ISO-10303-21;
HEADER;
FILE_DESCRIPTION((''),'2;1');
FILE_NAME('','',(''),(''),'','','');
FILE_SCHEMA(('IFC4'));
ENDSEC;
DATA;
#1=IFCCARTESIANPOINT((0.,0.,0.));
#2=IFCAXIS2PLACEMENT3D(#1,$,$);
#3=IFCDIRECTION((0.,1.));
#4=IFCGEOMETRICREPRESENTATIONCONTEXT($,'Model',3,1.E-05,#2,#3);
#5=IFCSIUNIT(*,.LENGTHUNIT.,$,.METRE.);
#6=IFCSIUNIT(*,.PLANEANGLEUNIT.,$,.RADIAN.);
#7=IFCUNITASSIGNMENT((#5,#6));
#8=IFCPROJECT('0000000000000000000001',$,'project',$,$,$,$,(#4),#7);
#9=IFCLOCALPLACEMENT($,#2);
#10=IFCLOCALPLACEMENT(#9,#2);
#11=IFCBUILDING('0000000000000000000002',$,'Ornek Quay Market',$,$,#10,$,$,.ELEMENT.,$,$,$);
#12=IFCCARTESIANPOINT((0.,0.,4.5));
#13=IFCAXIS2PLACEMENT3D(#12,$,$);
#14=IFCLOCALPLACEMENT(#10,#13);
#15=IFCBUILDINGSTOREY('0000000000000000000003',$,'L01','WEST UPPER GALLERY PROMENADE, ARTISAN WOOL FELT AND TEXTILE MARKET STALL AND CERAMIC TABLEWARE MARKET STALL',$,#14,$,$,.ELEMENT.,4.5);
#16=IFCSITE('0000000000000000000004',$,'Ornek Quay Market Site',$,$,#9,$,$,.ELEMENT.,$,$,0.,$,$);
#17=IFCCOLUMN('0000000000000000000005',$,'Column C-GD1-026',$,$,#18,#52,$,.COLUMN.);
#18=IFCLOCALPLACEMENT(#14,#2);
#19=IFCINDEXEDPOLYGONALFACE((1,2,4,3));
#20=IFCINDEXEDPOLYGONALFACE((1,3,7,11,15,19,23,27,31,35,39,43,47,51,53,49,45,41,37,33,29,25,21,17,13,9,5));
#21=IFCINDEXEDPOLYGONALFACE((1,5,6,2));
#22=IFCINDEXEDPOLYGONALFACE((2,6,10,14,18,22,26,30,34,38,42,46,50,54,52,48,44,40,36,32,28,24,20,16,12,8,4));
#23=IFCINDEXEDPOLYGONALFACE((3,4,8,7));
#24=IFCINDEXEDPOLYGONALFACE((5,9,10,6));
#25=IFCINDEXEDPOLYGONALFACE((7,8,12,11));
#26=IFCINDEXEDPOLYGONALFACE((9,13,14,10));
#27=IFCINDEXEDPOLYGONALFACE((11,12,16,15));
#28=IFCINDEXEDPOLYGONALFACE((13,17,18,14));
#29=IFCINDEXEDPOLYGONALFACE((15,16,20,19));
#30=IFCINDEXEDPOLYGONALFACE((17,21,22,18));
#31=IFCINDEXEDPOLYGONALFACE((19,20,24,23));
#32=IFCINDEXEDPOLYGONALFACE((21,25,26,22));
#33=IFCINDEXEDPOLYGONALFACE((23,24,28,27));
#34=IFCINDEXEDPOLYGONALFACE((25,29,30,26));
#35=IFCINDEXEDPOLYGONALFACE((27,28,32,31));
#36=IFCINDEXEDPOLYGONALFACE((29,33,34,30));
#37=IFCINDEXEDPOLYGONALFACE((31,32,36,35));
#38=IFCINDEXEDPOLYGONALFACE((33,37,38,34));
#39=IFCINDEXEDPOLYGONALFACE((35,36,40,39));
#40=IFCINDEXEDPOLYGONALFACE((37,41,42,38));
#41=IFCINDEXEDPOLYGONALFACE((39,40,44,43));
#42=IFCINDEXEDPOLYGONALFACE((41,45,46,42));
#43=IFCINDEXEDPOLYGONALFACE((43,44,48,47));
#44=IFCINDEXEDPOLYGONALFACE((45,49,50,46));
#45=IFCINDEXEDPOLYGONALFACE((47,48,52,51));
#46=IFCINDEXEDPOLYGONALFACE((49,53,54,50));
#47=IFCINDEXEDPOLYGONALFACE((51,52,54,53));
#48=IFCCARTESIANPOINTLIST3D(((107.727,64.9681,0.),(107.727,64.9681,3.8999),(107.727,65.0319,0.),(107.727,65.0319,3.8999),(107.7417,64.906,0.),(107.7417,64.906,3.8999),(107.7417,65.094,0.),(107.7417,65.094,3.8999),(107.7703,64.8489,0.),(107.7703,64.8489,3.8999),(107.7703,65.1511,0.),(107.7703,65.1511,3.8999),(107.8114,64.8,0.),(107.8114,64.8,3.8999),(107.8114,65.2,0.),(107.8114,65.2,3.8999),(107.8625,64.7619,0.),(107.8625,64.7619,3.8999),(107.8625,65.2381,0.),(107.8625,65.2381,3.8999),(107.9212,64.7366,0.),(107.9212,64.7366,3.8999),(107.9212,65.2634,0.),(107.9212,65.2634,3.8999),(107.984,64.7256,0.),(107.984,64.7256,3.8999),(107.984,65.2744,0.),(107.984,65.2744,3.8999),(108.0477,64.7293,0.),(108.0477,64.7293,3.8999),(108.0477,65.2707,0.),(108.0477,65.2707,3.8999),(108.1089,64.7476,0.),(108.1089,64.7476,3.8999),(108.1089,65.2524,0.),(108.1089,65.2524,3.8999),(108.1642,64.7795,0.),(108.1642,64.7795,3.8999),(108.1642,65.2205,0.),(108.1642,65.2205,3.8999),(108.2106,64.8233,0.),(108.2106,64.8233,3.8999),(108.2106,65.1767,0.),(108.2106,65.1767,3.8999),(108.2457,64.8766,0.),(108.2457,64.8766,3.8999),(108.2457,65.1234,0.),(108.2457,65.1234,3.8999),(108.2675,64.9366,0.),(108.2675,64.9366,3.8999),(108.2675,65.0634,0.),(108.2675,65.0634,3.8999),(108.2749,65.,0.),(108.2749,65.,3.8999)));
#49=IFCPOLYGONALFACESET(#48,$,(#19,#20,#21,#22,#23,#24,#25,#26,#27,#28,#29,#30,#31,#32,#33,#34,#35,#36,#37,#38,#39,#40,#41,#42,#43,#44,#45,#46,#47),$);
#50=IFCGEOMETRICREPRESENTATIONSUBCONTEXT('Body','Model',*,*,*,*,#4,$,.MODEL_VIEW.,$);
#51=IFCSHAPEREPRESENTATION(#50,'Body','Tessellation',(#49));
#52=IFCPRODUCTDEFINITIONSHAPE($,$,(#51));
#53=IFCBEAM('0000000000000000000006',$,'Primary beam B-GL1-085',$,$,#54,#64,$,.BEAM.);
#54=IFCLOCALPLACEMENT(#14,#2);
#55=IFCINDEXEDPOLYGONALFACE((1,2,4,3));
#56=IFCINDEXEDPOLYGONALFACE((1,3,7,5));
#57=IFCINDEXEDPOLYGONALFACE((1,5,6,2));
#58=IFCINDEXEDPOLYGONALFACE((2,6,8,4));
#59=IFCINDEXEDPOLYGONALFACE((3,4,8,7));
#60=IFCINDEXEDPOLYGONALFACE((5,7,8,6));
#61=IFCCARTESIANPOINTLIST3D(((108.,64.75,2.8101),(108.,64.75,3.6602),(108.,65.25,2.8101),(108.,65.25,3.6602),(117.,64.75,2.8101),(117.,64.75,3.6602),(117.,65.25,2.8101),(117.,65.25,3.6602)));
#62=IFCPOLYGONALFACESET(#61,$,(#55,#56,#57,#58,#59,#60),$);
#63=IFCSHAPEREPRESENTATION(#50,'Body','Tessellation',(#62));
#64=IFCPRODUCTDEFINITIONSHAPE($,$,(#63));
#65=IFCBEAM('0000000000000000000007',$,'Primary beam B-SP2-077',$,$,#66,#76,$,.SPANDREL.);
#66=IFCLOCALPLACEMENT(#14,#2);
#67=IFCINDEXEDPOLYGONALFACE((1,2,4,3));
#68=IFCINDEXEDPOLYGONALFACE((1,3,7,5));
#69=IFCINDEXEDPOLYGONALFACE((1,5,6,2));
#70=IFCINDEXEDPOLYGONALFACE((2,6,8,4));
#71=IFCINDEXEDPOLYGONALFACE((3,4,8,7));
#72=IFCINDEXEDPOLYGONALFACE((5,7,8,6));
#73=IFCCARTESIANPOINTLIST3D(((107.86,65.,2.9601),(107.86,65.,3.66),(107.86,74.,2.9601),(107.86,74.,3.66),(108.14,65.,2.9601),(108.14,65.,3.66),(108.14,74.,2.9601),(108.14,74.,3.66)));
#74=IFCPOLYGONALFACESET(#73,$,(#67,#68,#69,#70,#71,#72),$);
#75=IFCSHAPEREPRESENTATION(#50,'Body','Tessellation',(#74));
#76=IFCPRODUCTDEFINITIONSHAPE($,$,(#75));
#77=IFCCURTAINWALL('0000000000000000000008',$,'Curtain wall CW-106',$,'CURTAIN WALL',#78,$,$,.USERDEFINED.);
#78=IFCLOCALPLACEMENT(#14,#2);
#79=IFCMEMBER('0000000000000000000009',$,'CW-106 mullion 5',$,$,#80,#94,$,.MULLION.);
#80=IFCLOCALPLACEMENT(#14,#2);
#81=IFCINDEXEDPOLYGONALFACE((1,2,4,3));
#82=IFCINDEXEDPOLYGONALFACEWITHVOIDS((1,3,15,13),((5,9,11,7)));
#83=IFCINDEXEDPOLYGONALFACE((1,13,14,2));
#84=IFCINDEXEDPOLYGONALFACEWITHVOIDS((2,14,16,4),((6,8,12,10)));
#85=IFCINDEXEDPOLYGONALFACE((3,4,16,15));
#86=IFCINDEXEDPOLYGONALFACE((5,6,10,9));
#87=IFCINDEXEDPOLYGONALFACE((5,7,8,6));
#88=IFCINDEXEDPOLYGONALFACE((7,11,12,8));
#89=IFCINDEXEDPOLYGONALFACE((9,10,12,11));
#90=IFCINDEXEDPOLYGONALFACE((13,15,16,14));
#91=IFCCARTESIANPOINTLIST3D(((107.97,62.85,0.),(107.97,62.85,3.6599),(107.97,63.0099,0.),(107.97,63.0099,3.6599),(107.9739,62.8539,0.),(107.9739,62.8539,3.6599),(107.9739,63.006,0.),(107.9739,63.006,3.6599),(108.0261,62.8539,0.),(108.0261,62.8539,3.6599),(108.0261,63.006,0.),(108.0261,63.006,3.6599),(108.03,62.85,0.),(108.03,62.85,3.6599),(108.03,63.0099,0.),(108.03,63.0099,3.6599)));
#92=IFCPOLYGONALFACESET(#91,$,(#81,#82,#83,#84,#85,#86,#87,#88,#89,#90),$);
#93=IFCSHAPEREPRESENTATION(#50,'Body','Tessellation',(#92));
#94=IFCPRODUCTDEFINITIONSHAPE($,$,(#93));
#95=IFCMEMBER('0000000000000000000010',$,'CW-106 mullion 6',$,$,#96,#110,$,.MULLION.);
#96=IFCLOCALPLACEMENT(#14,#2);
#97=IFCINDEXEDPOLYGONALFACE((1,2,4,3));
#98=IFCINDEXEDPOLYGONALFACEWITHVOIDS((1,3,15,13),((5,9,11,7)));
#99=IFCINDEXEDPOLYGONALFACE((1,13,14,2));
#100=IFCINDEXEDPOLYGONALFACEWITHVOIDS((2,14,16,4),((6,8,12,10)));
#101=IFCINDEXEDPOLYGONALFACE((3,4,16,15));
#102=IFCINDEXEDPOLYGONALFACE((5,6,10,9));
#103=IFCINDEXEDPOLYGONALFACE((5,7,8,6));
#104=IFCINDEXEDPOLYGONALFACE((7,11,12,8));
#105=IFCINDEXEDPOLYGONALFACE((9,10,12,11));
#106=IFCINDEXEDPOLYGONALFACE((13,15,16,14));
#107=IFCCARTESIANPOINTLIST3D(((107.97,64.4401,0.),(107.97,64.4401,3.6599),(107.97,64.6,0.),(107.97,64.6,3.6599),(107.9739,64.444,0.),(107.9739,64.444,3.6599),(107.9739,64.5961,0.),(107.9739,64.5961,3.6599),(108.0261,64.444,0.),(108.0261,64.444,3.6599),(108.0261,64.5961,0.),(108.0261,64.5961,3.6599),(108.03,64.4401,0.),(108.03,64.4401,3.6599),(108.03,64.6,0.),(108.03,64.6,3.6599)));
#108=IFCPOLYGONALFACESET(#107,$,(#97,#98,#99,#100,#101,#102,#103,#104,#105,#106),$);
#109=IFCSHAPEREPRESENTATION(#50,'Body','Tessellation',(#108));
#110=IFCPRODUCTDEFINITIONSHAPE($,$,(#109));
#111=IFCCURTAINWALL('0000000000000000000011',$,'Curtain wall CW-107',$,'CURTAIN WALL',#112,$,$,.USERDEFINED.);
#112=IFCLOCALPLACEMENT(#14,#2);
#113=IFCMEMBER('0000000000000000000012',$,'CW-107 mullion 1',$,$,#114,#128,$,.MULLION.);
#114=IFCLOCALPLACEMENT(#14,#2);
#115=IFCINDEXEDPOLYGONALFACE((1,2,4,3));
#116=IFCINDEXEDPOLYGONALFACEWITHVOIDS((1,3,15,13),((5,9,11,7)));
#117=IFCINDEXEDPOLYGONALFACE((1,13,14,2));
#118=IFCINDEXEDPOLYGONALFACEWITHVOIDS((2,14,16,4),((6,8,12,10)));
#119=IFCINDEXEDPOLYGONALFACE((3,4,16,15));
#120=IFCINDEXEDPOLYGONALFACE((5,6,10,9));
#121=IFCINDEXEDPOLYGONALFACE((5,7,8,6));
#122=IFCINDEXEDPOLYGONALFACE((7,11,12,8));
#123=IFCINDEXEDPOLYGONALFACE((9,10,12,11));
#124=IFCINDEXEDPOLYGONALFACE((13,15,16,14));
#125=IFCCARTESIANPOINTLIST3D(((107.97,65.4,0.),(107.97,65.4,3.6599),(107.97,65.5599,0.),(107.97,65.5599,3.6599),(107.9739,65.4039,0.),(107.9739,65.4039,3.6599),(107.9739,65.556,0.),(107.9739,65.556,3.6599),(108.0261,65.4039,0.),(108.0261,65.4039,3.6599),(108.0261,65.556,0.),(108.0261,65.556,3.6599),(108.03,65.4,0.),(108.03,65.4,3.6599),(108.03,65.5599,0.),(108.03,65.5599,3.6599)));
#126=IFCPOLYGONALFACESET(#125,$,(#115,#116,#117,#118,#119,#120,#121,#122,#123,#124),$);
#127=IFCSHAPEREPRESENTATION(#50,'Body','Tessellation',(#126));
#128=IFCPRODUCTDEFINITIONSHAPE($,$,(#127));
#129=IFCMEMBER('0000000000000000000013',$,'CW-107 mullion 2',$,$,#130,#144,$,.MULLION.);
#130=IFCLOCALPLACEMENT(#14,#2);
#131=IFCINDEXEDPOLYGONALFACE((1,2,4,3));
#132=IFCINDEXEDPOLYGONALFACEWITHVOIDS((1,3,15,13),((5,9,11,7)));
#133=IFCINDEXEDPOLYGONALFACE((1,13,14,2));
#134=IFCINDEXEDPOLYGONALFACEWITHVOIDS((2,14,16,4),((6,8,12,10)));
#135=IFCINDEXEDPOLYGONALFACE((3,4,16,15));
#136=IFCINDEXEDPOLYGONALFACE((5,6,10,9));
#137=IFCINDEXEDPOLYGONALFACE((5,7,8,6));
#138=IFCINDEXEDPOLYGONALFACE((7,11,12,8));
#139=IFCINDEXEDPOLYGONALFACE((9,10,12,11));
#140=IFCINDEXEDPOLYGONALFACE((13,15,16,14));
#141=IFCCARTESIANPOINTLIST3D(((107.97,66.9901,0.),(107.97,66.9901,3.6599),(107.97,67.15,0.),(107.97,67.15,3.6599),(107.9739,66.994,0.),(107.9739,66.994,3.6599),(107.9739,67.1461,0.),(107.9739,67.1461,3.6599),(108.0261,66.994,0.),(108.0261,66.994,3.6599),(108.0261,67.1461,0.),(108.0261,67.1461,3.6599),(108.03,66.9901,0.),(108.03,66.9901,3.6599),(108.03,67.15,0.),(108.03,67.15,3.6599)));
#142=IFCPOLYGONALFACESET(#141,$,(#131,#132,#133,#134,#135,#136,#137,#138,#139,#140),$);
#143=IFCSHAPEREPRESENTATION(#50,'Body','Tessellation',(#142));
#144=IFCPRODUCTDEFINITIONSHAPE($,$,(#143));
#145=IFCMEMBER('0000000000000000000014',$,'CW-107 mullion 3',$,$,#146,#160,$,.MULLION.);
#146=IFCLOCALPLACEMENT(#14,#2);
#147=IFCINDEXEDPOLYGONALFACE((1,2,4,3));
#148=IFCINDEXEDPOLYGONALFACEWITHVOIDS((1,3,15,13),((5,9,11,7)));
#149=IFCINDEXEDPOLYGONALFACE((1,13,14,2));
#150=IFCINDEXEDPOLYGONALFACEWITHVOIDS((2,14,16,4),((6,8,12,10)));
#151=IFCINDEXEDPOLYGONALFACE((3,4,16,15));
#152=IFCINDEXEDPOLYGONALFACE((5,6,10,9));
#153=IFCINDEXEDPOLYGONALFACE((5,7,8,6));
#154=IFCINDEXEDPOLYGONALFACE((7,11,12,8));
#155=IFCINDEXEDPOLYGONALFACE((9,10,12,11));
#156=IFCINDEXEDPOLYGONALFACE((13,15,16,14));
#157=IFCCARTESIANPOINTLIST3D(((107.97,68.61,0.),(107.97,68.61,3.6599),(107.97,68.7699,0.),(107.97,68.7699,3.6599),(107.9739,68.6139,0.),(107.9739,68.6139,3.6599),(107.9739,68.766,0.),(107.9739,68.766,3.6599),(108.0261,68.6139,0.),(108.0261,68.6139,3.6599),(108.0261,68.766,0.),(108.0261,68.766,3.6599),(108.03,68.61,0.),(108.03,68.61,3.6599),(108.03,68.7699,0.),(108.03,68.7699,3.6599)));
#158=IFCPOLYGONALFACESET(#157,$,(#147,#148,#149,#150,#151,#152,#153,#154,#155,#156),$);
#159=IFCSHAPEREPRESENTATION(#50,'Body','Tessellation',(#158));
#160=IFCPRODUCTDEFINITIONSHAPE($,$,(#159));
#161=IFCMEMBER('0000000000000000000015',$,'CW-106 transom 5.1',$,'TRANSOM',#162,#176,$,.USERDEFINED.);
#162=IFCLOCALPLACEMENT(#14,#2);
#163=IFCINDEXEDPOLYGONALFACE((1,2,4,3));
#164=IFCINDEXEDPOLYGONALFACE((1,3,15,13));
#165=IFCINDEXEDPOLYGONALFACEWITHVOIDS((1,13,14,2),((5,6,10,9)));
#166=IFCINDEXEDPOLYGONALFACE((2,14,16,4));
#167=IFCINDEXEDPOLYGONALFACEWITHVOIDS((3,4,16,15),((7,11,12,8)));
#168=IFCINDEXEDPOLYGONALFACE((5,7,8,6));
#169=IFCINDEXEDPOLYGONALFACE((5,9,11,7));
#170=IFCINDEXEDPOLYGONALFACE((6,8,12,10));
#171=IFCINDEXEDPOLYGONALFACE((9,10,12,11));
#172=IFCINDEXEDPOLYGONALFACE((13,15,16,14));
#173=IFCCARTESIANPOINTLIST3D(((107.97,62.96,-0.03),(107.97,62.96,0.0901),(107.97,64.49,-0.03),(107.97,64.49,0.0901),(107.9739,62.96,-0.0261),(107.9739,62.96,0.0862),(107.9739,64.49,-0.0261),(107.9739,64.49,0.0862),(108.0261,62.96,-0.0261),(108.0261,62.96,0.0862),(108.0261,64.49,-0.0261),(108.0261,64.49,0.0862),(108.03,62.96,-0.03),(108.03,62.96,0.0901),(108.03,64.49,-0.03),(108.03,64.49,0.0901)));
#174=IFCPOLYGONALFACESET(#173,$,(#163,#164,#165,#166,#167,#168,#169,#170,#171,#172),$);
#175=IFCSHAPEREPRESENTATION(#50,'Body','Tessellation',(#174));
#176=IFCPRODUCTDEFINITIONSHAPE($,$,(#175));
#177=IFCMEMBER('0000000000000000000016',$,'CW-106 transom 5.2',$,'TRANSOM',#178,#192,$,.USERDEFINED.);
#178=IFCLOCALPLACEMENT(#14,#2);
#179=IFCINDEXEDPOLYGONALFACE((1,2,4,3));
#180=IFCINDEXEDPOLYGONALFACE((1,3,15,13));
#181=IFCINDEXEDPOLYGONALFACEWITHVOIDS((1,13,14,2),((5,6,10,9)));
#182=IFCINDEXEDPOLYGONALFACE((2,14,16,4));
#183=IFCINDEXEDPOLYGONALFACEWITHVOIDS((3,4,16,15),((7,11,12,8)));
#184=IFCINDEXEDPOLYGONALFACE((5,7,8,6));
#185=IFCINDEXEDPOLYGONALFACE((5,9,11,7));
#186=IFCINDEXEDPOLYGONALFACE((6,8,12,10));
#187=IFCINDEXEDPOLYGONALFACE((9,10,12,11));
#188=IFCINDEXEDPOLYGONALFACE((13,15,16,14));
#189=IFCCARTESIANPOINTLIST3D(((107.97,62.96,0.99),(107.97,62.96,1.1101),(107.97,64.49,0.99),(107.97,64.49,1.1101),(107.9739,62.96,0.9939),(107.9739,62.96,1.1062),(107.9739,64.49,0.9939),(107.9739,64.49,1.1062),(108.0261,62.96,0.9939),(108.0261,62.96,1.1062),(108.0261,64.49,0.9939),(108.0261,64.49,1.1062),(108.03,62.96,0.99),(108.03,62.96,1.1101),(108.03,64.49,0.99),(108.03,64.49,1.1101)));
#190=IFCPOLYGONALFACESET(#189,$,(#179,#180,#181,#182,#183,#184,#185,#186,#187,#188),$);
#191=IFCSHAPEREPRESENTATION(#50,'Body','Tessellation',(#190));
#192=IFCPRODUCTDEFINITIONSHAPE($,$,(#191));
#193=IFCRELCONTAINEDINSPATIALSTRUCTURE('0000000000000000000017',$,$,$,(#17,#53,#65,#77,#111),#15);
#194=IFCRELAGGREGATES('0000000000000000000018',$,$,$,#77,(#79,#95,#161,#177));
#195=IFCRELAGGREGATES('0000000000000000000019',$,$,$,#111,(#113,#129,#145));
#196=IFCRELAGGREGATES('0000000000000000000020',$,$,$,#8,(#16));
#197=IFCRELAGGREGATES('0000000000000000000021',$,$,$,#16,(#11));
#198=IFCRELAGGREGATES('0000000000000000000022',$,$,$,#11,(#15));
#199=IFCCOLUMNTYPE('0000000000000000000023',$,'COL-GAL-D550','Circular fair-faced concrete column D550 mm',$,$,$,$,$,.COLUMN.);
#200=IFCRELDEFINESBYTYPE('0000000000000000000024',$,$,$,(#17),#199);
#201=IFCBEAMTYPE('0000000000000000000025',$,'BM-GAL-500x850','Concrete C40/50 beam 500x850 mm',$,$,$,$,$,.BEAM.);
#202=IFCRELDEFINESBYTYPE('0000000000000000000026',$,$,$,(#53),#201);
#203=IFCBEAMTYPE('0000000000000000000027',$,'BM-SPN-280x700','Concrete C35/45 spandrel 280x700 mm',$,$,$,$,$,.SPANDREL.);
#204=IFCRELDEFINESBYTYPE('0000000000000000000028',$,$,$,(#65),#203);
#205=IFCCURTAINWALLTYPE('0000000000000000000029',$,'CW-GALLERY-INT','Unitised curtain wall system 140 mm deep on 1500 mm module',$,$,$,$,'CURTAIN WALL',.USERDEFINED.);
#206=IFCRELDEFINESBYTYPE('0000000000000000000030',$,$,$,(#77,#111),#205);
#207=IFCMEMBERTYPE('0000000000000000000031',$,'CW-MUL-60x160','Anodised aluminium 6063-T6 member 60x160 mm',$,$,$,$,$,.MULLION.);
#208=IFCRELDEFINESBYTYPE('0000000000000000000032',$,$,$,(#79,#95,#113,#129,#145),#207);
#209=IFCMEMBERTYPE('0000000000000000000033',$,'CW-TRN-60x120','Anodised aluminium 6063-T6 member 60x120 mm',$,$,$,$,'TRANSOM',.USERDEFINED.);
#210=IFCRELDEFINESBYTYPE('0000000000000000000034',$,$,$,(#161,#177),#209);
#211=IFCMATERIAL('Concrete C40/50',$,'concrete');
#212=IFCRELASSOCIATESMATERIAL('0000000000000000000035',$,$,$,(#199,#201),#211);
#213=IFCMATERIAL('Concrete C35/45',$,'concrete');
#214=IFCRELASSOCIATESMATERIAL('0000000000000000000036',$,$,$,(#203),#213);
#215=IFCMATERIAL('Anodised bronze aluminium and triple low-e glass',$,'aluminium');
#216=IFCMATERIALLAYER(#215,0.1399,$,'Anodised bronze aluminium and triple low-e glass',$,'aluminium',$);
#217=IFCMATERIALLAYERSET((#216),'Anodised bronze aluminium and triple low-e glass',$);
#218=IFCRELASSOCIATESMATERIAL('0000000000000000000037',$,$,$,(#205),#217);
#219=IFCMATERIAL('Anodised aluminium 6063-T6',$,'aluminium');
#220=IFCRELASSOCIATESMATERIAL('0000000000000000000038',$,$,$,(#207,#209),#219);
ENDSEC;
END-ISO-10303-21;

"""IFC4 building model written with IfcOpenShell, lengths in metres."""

from ifc_helpers import new_model, si_unit, direction, frame, origin, origin_2d, place, context, subcontext, project, spatial, rectangle, hollow_rectangle, circle, extrude, material, layer, layer_set, material_profile, profile_set, type_object, element, aggregate, save


model = new_model("IFC4")

# Units and contexts
model_context = context("Model", 3, precision=1e-05, world=origin(), true_north=direction((0.0, 1.0)))
body_context = subcontext(model_context, "Body", "Model", "MODEL_VIEW")
ifc_project = project(units=[si_unit("LENGTHUNIT", "METRE"), si_unit("PLANEANGLEUNIT", "RADIAN")], contexts=[model_context])

# Site, building, storey
site_placement = place(None, origin())
site = spatial("IfcSite", under=ifc_project, at=site_placement, Name="Ornek Quay Market Site", CompositionType="ELEMENT", RefElevation=0.0)
building_placement = place(site_placement, origin())
building = spatial("IfcBuilding", under=site, at=building_placement, Name="Ornek Quay Market", CompositionType="ELEMENT")
storey_placement = place(building_placement, frame((0.0, 0.0, 4.5)))
storey = spatial("IfcBuildingStorey", under=building, at=storey_placement, Name="L01", Description="WEST UPPER GALLERY PROMENADE, ARTISAN WOOL FELT AND TEXTILE MARKET STALL AND CERAMIC TABLEWARE MARKET STALL", CompositionType="ELEMENT", Elevation=4.5)

# Column
ifc_material_1 = material(Name="Concrete C40/50", Category="concrete")
ifc_material_profile_1 = material_profile(ifc_material_1, circle(Radius=0.2749, at=origin_2d()), Name="RC D550", Category="concrete")
ifc_profile_set_1 = profile_set([ifc_material_profile_1], Name="Concrete C40/50")
column_type = type_object("IfcColumnType", Name="COL-GAL-D550", Description="Circular fair-faced concrete column D550 mm", PredefinedType="COLUMN", material=ifc_profile_set_1)
column_placement = place(storey_placement, frame((108.0, 65.0, 0.0), z_axis=(0.0, 0.0, 1.0), x_axis=(1.0, 0.0, 0.0)))
element("IfcColumn", 1, at=column_placement, inside=storey, type_object=column_type, Name="Column C-GD1-026", PredefinedType="COLUMN", context=body_context, shape_type="SweptSolid", body=[
    extrude(circle(Radius=0.2749, at=origin_2d()), origin(), (0.0, 0.0, 1.0), 3.8999),
])

# Beams
ifc_material_profile_2 = material_profile(ifc_material_1, rectangle(XDim=0.5, YDim=0.8501, at=origin_2d()), Name="RC 500x850", Category="concrete")
ifc_profile_set_2 = profile_set([ifc_material_profile_2], Name="Concrete C40/50")
beam_type_1 = type_object("IfcBeamType", Name="BM-GAL-500x850", Description="Concrete C40/50 beam 500x850 mm", PredefinedType="BEAM", material=ifc_profile_set_2)
beam_1_placement = place(storey_placement, frame((108.0, 65.0, 3.2351), z_axis=(1.0, 0.0, 0.0), x_axis=(0.0, 1.0, 0.0)))
element("IfcBeam", 2, at=beam_1_placement, inside=storey, type_object=beam_type_1, Name="Primary beam B-GL1-085", PredefinedType="BEAM", context=body_context, shape_type="SweptSolid", body=[
    extrude(rectangle(XDim=0.5, YDim=0.8501, at=origin_2d()), origin(), (0.0, 0.0, 1.0), 9.0),
])
ifc_material_2 = material(Name="Concrete C35/45", Category="concrete")
ifc_material_profile_3 = material_profile(ifc_material_2, rectangle(XDim=0.28, YDim=0.7, at=origin_2d()), Name="RC 280x700", Category="concrete")
ifc_profile_set_3 = profile_set([ifc_material_profile_3], Name="Concrete C35/45")
beam_type_2 = type_object("IfcBeamType", Name="BM-SPN-280x700", Description="Concrete C35/45 spandrel 280x700 mm", PredefinedType="SPANDREL", material=ifc_profile_set_3)
beam_2_placement = place(storey_placement, frame((108.0, 65.0, 3.3101), z_axis=(0.0, 1.0, 0.0), x_axis=(-1.0, 0.0, 0.0)))
element("IfcBeam", 3, at=beam_2_placement, inside=storey, type_object=beam_type_2, Name="Primary beam B-SP2-077", PredefinedType="SPANDREL", context=body_context, shape_type="SweptSolid", body=[
    extrude(rectangle(XDim=0.28, YDim=0.7, at=origin_2d()), origin(), (0.0, 0.0, 1.0), 9.0),
])

# Curtain walls, members
ifc_material_3 = material(Name="Anodised bronze aluminium and triple low-e glass", Category="aluminium")
ifc_layer_1 = layer(ifc_material_3, 0.1399, Name="Anodised bronze aluminium and triple low-e glass", Category="aluminium")
ifc_layer_set_1 = layer_set([ifc_layer_1], Name="Anodised bronze aluminium and triple low-e glass")
curtain_wall_type = type_object("IfcCurtainWallType", Name="CW-GALLERY-INT", Description="Unitised curtain wall system 140 mm deep on 1500 mm module", ElementType="CURTAIN WALL", PredefinedType="USERDEFINED", material=ifc_layer_set_1)
curtain_wall_1_placement = place(storey_placement, origin())
curtain_wall_1 = element("IfcCurtainWall", 4, at=curtain_wall_1_placement, inside=storey, type_object=curtain_wall_type, Name="Curtain wall CW-106", ObjectType="CURTAIN WALL", PredefinedType="USERDEFINED")
ifc_material_4 = material(Name="Anodised aluminium 6063-T6", Category="aluminium")
ifc_material_profile_4 = material_profile(ifc_material_4, hollow_rectangle(XDim=0.0601, YDim=0.1599, WallThickness=0.0039, at=origin_2d()), Name="CW-MUL-60x160", Category="aluminium")
ifc_profile_set_4 = profile_set([ifc_material_profile_4], Name="Anodised aluminium 6063-T6")
member_type_1 = type_object("IfcMemberType", Name="CW-MUL-60x160", Description="Anodised aluminium 6063-T6 member 60x160 mm", PredefinedType="MULLION", material=ifc_profile_set_4)
member_1_placement = place(storey_placement, frame((108.0, 62.9299, 0.0), z_axis=(0.0, 0.0, 1.0), x_axis=(-1.0, 0.0, 0.0)))
member_1 = element("IfcMember", 5, at=member_1_placement, type_object=member_type_1, Name="CW-106 mullion 5", PredefinedType="MULLION", context=body_context, shape_type="SweptSolid", body=[
    extrude(hollow_rectangle(XDim=0.0601, YDim=0.1599, WallThickness=0.0039, at=origin_2d()), origin(), (0.0, 0.0, 1.0), 3.6599),
])
member_2_placement = place(storey_placement, frame((108.0, 64.52, 0.0), z_axis=(0.0, 0.0, 1.0), x_axis=(-1.0, 0.0, 0.0)))
member_2 = element("IfcMember", 6, at=member_2_placement, type_object=member_type_1, Name="CW-106 mullion 6", PredefinedType="MULLION", context=body_context, shape_type="SweptSolid", body=[
    extrude(hollow_rectangle(XDim=0.0601, YDim=0.1599, WallThickness=0.0039, at=origin_2d()), origin(), (0.0, 0.0, 1.0), 3.6599),
])
curtain_wall_2_placement = place(storey_placement, origin())
curtain_wall_2 = element("IfcCurtainWall", 7, at=curtain_wall_2_placement, inside=storey, type_object=curtain_wall_type, Name="Curtain wall CW-107", ObjectType="CURTAIN WALL", PredefinedType="USERDEFINED")
member_3_placement = place(storey_placement, frame((108.0, 65.48, 0.0), z_axis=(0.0, 0.0, 1.0), x_axis=(-1.0, 0.0, 0.0)))
member_3 = element("IfcMember", 8, at=member_3_placement, type_object=member_type_1, Name="CW-107 mullion 1", PredefinedType="MULLION", context=body_context, shape_type="SweptSolid", body=[
    extrude(hollow_rectangle(XDim=0.0601, YDim=0.1599, WallThickness=0.0039, at=origin_2d()), origin(), (0.0, 0.0, 1.0), 3.6599),
])
member_4_placement = place(storey_placement, frame((108.0, 67.0701, 0.0), z_axis=(0.0, 0.0, 1.0), x_axis=(-1.0, 0.0, 0.0)))
member_4 = element("IfcMember", 9, at=member_4_placement, type_object=member_type_1, Name="CW-107 mullion 2", PredefinedType="MULLION", context=body_context, shape_type="SweptSolid", body=[
    extrude(hollow_rectangle(XDim=0.0601, YDim=0.1599, WallThickness=0.0039, at=origin_2d()), origin(), (0.0, 0.0, 1.0), 3.6599),
])
member_5_placement = place(storey_placement, frame((108.0, 68.6899, 0.0), z_axis=(0.0, 0.0, 1.0), x_axis=(-1.0, 0.0, 0.0)))
member_5 = element("IfcMember", 10, at=member_5_placement, type_object=member_type_1, Name="CW-107 mullion 3", PredefinedType="MULLION", context=body_context, shape_type="SweptSolid", body=[
    extrude(hollow_rectangle(XDim=0.0601, YDim=0.1599, WallThickness=0.0039, at=origin_2d()), origin(), (0.0, 0.0, 1.0), 3.6599),
])

# Members
ifc_material_profile_5 = material_profile(ifc_material_4, hollow_rectangle(XDim=0.0601, YDim=0.1201, WallThickness=0.0039, at=origin_2d()), Name="CW-TRN-60x120", Category="aluminium")
ifc_profile_set_5 = profile_set([ifc_material_profile_5], Name="Anodised aluminium 6063-T6")
member_type_2 = type_object("IfcMemberType", Name="CW-TRN-60x120", Description="Anodised aluminium 6063-T6 member 60x120 mm", ElementType="TRANSOM", PredefinedType="USERDEFINED", material=ifc_profile_set_5)
member_6_placement = place(storey_placement, frame((108.0, 62.96, 0.03), z_axis=(0.0, 1.0, 0.0), x_axis=(-1.0, 0.0, 0.0)))
member_6 = element("IfcMember", 11, at=member_6_placement, type_object=member_type_2, Name="CW-106 transom 5.1", ObjectType="TRANSOM", PredefinedType="USERDEFINED", context=body_context, shape_type="SweptSolid", body=[
    extrude(hollow_rectangle(XDim=0.0601, YDim=0.1201, WallThickness=0.0039, at=origin_2d()), origin(), (0.0, 0.0, 1.0), 1.53),
])
member_7_placement = place(storey_placement, frame((108.0, 62.96, 1.05), z_axis=(0.0, 1.0, 0.0), x_axis=(-1.0, 0.0, 0.0)))
member_7 = element("IfcMember", 12, at=member_7_placement, type_object=member_type_2, Name="CW-106 transom 5.2", ObjectType="TRANSOM", PredefinedType="USERDEFINED", context=body_context, shape_type="SweptSolid", body=[
    extrude(hollow_rectangle(XDim=0.0601, YDim=0.1201, WallThickness=0.0039, at=origin_2d()), origin(), (0.0, 0.0, 1.0), 1.53),
])

aggregate(curtain_wall_1, [member_1, member_2, member_6, member_7])
aggregate(curtain_wall_2, [member_3, member_4, member_5])

save(model, "model.ifc")
